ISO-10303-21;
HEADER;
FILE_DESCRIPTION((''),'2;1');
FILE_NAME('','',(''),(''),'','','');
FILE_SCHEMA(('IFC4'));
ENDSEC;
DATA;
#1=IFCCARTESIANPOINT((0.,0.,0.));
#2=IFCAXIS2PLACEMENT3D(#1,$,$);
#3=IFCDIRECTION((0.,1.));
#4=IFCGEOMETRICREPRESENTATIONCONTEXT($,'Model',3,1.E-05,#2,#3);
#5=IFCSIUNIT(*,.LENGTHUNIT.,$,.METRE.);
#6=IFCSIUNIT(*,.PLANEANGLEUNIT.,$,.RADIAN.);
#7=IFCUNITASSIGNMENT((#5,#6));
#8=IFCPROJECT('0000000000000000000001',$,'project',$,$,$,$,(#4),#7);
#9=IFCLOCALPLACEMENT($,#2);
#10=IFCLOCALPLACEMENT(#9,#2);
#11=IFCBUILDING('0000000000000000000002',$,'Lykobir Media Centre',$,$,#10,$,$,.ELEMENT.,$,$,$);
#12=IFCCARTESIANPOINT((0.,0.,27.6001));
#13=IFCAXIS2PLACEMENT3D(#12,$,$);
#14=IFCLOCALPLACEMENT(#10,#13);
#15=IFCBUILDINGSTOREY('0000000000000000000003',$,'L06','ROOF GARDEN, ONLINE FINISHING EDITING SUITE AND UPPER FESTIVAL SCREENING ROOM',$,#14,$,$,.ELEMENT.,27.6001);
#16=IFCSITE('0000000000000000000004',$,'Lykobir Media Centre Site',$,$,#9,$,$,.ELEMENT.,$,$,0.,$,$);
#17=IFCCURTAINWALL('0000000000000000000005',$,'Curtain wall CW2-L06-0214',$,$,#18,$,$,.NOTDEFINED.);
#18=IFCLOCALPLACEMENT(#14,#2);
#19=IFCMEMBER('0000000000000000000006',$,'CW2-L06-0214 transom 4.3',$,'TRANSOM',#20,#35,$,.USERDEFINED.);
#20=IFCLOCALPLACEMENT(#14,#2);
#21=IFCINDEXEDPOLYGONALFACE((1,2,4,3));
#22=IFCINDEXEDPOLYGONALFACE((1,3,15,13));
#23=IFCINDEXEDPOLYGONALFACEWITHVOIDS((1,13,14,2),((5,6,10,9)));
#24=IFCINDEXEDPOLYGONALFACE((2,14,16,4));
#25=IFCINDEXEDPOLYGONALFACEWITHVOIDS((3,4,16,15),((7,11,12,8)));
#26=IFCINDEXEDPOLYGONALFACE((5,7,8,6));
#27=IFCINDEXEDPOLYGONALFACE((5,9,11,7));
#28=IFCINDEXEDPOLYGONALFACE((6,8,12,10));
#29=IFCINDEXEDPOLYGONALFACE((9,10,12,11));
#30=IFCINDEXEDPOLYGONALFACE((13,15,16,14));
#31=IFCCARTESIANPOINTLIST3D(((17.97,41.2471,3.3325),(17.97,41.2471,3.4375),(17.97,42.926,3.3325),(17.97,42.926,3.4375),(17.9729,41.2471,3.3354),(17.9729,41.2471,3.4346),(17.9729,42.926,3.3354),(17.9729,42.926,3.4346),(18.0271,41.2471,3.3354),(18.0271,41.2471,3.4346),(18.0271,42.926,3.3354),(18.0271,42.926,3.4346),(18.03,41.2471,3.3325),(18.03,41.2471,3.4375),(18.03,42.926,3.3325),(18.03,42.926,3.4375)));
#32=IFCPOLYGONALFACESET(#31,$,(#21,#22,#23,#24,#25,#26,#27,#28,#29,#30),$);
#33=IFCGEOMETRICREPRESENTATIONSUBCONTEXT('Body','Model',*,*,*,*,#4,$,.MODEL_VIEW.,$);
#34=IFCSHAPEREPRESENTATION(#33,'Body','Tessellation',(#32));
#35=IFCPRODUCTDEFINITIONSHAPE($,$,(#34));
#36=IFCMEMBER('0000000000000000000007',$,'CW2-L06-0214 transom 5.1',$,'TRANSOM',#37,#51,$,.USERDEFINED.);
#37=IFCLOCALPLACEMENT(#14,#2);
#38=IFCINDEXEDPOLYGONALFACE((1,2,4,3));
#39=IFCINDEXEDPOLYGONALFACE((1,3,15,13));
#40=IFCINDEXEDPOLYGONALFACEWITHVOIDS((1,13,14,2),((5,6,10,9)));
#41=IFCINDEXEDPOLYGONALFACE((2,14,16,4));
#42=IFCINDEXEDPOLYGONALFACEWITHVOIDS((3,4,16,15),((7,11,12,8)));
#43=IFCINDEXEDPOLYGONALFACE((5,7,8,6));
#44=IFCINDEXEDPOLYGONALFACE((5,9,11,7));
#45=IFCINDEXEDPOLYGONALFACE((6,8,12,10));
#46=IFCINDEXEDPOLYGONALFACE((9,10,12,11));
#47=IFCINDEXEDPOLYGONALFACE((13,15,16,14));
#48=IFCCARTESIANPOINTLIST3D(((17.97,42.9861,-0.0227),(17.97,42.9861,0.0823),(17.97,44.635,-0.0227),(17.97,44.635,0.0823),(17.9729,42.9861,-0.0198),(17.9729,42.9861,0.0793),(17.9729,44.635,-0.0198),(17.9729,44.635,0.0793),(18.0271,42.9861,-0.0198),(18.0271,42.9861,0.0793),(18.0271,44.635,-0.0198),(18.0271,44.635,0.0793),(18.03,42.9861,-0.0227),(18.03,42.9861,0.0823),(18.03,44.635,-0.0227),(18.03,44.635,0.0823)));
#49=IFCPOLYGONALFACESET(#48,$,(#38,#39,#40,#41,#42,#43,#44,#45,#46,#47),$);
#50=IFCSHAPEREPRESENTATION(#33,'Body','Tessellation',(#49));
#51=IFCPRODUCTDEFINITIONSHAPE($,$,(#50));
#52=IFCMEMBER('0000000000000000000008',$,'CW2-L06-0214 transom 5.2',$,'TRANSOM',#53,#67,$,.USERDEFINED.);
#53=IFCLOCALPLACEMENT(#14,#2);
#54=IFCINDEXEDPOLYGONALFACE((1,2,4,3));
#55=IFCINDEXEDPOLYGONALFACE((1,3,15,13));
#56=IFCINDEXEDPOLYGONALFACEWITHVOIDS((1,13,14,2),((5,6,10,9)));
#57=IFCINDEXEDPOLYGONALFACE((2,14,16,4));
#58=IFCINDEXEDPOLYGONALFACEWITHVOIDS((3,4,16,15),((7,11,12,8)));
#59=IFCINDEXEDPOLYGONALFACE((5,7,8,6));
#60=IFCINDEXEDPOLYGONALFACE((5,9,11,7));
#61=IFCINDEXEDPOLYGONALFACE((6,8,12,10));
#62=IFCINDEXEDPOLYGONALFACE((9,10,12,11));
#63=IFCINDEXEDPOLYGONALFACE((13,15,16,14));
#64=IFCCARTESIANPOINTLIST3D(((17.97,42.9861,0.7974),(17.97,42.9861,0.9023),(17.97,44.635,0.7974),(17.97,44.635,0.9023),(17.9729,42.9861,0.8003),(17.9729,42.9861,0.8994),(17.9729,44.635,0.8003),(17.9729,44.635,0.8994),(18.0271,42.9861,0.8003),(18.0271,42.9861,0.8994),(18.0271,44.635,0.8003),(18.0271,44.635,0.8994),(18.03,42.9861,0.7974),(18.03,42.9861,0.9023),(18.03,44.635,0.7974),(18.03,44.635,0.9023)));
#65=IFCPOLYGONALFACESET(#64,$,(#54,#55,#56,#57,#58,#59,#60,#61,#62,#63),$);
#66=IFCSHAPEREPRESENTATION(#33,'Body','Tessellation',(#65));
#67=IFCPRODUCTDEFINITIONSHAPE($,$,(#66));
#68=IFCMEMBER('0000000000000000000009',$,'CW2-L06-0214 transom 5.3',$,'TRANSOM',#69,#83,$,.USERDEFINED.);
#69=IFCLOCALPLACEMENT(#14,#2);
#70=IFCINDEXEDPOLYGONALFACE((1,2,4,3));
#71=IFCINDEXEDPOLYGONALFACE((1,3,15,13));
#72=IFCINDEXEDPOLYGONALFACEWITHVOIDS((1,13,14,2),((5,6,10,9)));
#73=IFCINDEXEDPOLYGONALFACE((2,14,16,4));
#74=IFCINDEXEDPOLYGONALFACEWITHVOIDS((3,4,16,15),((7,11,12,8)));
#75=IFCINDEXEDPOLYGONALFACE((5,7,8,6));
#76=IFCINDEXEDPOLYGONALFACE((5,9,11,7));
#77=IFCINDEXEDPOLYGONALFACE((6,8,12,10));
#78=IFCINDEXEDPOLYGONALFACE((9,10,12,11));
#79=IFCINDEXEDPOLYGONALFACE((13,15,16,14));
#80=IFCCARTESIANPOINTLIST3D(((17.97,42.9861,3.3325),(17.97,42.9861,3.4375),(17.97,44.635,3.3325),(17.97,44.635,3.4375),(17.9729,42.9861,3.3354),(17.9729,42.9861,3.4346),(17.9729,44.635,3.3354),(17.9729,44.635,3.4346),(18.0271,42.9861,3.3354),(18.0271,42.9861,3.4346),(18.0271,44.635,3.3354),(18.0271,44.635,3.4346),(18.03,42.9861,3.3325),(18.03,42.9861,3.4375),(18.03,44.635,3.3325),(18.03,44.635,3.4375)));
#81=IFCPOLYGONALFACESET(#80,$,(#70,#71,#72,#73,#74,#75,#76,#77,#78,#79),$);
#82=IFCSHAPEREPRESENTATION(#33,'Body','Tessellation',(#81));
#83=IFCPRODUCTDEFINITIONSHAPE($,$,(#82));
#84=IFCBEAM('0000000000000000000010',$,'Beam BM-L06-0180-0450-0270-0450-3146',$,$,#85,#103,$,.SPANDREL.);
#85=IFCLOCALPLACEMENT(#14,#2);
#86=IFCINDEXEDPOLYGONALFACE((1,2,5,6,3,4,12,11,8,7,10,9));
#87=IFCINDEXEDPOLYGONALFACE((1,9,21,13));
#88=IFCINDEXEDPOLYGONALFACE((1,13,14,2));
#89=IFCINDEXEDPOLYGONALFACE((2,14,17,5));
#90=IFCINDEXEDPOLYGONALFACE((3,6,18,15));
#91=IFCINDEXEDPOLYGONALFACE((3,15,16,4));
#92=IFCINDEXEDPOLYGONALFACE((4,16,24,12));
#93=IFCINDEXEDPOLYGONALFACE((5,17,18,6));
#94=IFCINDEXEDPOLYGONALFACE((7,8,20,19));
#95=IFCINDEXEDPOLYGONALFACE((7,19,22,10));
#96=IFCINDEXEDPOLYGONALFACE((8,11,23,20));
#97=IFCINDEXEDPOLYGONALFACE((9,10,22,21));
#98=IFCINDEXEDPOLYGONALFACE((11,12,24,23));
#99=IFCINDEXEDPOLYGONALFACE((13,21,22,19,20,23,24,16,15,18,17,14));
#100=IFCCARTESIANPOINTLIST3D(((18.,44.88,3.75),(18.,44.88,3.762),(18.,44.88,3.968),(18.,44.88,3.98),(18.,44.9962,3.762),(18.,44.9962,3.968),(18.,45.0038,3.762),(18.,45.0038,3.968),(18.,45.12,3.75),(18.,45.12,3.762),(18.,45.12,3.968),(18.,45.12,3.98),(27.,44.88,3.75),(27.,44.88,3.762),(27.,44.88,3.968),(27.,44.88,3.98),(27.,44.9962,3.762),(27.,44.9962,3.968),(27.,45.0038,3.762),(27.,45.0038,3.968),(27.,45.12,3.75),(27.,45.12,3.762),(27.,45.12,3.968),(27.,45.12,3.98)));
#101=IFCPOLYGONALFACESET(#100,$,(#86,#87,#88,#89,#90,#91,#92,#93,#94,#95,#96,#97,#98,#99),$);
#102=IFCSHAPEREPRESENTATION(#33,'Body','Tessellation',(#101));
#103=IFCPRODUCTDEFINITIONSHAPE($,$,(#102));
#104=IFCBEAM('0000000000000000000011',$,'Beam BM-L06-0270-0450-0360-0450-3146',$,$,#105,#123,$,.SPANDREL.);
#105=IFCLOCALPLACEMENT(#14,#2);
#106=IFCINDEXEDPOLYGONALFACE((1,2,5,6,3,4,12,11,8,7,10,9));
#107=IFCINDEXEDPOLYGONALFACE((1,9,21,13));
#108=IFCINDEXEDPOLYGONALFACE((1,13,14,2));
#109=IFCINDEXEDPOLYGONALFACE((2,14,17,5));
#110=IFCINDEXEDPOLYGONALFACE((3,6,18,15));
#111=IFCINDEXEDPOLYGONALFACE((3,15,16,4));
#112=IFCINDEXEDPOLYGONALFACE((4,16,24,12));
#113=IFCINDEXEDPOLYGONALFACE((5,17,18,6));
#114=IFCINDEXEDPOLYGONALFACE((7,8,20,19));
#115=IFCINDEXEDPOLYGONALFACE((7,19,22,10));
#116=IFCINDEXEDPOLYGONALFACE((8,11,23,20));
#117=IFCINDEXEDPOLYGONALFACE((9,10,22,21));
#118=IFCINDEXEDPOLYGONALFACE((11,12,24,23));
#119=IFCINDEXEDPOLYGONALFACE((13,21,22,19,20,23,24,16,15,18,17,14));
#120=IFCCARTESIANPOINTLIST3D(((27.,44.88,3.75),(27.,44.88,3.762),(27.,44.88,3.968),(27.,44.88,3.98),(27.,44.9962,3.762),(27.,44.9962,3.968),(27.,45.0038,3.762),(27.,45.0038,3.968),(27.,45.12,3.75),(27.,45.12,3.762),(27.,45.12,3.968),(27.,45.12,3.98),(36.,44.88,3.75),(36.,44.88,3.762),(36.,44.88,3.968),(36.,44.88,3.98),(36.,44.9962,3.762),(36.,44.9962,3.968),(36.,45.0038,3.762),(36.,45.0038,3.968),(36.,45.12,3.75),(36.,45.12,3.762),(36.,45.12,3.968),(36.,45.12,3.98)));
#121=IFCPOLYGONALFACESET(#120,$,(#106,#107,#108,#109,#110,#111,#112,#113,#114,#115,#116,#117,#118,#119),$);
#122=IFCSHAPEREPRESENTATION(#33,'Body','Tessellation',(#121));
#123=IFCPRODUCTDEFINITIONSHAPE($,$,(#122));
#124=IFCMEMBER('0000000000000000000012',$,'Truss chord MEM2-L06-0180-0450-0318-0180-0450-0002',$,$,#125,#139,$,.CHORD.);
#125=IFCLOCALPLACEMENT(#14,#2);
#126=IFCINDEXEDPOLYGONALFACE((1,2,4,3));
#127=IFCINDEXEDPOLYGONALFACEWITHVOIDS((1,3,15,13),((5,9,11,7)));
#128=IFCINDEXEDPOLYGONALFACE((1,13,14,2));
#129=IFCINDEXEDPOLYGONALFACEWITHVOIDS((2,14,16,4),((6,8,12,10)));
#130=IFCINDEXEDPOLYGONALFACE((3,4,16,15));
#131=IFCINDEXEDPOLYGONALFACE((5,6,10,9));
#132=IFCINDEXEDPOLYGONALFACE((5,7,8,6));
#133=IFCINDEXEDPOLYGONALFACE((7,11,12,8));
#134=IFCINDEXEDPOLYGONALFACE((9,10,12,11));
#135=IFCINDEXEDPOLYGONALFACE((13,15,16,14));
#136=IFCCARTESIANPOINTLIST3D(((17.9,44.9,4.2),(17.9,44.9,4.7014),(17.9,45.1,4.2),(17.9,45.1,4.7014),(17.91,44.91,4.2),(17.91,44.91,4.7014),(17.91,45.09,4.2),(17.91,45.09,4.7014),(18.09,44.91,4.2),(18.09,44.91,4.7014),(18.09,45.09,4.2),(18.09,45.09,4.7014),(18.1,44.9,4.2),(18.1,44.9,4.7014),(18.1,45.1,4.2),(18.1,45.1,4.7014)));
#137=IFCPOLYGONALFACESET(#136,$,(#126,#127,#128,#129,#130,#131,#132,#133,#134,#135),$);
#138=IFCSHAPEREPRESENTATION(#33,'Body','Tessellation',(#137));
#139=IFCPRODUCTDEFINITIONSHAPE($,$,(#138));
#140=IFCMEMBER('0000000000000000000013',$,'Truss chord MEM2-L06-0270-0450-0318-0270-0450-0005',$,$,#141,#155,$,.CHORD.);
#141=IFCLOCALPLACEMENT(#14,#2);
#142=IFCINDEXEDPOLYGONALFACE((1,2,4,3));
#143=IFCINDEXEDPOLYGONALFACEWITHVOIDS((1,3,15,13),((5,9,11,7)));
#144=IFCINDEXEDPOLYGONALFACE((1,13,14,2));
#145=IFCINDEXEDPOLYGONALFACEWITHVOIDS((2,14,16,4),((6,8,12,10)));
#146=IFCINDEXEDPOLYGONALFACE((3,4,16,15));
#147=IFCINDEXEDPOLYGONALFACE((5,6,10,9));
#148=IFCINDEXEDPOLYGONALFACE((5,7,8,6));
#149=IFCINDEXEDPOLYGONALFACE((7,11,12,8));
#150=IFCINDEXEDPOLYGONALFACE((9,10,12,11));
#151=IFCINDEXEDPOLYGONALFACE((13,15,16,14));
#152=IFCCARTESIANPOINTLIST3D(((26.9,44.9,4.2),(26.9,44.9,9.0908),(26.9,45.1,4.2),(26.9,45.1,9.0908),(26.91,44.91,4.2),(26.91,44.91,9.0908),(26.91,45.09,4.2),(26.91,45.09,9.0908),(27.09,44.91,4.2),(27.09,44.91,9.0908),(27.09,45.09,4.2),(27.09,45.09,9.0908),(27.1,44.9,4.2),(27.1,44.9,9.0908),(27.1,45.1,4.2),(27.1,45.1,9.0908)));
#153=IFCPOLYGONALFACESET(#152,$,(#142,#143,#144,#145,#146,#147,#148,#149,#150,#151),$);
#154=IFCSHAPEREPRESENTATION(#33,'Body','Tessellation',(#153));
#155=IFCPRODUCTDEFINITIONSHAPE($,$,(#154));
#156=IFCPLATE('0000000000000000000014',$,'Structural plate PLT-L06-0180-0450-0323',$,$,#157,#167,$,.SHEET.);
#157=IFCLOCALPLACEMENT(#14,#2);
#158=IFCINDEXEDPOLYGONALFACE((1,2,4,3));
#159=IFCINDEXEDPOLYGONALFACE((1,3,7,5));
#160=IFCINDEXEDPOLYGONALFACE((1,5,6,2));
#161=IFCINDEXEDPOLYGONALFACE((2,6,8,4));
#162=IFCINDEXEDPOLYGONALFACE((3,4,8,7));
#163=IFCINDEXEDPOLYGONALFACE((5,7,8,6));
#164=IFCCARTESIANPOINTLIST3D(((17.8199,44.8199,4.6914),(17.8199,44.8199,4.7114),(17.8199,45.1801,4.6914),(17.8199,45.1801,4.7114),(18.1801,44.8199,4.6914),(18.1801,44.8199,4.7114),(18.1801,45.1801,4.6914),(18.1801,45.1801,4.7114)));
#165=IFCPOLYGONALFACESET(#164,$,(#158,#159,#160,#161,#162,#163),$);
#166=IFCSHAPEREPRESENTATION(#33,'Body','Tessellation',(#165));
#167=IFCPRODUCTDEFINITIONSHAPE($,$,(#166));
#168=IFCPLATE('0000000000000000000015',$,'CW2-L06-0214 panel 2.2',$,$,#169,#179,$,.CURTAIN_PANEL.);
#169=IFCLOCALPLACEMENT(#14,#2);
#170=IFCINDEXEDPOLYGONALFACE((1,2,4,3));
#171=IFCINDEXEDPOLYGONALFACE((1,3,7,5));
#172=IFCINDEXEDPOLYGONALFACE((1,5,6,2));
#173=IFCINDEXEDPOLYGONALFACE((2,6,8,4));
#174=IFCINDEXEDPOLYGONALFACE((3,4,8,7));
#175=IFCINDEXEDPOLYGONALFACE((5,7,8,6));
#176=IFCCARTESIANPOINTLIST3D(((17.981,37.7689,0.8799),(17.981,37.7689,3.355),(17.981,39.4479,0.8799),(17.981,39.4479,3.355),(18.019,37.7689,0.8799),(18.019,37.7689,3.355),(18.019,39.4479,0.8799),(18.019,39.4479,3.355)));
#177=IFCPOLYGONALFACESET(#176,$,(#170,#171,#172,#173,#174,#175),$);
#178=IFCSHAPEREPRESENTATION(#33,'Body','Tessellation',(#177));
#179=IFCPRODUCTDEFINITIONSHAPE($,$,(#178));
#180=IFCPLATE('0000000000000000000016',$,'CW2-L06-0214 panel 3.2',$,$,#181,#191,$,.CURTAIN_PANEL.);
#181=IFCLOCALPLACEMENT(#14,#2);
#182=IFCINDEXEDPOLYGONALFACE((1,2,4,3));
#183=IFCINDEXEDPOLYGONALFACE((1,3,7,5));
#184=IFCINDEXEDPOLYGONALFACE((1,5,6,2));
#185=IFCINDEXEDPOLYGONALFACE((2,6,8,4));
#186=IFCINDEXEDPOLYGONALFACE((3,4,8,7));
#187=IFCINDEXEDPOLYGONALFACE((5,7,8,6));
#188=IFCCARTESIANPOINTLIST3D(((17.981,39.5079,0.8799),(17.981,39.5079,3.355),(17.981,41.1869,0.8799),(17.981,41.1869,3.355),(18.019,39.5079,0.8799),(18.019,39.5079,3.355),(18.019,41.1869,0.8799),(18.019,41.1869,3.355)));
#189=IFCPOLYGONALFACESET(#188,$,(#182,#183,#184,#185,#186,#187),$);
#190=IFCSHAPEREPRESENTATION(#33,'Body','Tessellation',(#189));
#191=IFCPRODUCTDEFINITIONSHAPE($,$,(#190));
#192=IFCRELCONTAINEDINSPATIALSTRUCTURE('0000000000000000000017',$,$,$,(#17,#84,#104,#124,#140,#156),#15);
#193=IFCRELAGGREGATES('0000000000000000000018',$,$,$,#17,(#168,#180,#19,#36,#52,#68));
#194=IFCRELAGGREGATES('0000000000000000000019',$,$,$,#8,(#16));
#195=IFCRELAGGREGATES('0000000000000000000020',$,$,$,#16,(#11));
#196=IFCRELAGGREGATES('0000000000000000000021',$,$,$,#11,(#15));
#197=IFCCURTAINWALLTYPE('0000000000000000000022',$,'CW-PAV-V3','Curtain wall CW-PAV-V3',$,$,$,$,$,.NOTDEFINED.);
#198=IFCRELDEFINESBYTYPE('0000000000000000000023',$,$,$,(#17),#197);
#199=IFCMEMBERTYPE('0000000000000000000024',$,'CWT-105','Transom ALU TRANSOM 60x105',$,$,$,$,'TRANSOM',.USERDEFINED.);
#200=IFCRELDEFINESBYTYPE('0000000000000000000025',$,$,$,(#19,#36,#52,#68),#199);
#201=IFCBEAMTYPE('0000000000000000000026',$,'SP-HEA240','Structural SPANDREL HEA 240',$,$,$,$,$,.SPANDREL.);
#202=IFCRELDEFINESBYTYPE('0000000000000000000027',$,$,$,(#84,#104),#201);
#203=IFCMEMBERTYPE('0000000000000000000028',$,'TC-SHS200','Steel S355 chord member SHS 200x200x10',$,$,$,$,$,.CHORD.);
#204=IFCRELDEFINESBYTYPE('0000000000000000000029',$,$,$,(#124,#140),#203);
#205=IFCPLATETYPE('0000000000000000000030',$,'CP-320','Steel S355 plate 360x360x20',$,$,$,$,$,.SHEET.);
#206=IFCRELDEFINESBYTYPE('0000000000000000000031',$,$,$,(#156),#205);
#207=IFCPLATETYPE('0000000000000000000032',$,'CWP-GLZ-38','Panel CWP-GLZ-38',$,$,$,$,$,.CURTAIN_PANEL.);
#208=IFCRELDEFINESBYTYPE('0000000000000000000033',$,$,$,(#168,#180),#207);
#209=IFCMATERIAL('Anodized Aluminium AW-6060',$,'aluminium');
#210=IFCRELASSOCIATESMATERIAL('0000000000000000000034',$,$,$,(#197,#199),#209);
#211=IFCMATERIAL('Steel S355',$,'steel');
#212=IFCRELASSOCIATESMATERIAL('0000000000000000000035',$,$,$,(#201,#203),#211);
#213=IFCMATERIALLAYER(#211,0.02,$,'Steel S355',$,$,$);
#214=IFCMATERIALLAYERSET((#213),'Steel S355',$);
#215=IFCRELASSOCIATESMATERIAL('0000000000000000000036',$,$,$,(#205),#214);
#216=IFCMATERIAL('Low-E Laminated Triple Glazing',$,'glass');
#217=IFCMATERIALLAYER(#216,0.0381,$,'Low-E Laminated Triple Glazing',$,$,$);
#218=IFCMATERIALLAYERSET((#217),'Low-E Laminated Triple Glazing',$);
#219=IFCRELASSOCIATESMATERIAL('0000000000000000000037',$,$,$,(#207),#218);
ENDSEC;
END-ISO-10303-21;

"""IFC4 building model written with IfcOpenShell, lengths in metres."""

from ifc_helpers import new_model, si_unit, direction, frame, origin, origin_2d, place, context, subcontext, project, spatial, rectangle, hollow_rectangle, i_section, extrude, material, layer, layer_set, material_profile, profile_set, type_object, element, aggregate, save


model = new_model("IFC4")

# Units and contexts
model_context = context("Model", 3, precision=1e-05, world=origin(), true_north=direction((0.0, 1.0)))
body_context = subcontext(model_context, "Body", "Model", "MODEL_VIEW")
ifc_project = project(units=[si_unit("LENGTHUNIT", "METRE"), si_unit("PLANEANGLEUNIT", "RADIAN")], contexts=[model_context])

# Site, building, storey
site_placement = place(None, origin())
site = spatial("IfcSite", under=ifc_project, at=site_placement, Name="Lykobir Media Centre Site", CompositionType="ELEMENT", RefElevation=0.0)
building_placement = place(site_placement, origin())
building = spatial("IfcBuilding", under=site, at=building_placement, Name="Lykobir Media Centre", CompositionType="ELEMENT")
storey_placement = place(building_placement, frame((0.0, 0.0, 27.6001)))
storey = spatial("IfcBuildingStorey", under=building, at=storey_placement, Name="L06", Description="ROOF GARDEN, ONLINE FINISHING EDITING SUITE AND UPPER FESTIVAL SCREENING ROOM", CompositionType="ELEMENT", Elevation=27.6001)

# Curtain wall, members
ifc_material_1 = material(Name="Anodized Aluminium AW-6060", Category="aluminium")
curtain_wall_type = type_object("IfcCurtainWallType", Name="CW-PAV-V3", Description="Curtain wall CW-PAV-V3", PredefinedType="NOTDEFINED", material=ifc_material_1)
curtain_wall_placement = place(storey_placement, origin())
curtain_wall = element("IfcCurtainWall", 1, at=curtain_wall_placement, inside=storey, type_object=curtain_wall_type, Name="Curtain wall CW2-L06-0214", PredefinedType="NOTDEFINED")
ifc_material_profile_1 = material_profile(ifc_material_1, hollow_rectangle(XDim=0.0601, YDim=0.105, WallThickness=0.0029, at=origin_2d()), Name="ALU TRANSOM 60x105")
ifc_profile_set_1 = profile_set([ifc_material_profile_1], Name="Anodized Aluminium AW-6060")
member_type_1 = type_object("IfcMemberType", Name="CWT-105", Description="Transom ALU TRANSOM 60x105", ElementType="TRANSOM", PredefinedType="USERDEFINED", material=ifc_profile_set_1)
member_1_placement = place(storey_placement, frame((18.0, 41.2471, 3.385), z_axis=(0.0, 1.0, 0.0), x_axis=(-1.0, 0.0, 0.0)))
member_1 = element("IfcMember", 2, at=member_1_placement, type_object=member_type_1, Name="CW2-L06-0214 transom 4.3", ObjectType="TRANSOM", PredefinedType="USERDEFINED", context=body_context, shape_type="SweptSolid", body=[
    extrude(hollow_rectangle(XDim=0.0601, YDim=0.105, WallThickness=0.0029, at=origin_2d()), origin(), (0.0, 0.0, 1.0), 1.679),
])
member_2_placement = place(storey_placement, frame((18.0, 42.9861, 0.0298), z_axis=(0.0, 1.0, 0.0), x_axis=(-1.0, 0.0, 0.0)))
member_2 = element("IfcMember", 3, at=member_2_placement, type_object=member_type_1, Name="CW2-L06-0214 transom 5.1", ObjectType="TRANSOM", PredefinedType="USERDEFINED", context=body_context, shape_type="SweptSolid", body=[
    extrude(hollow_rectangle(XDim=0.0601, YDim=0.105, WallThickness=0.0029, at=origin_2d()), origin(), (0.0, 0.0, 1.0), 1.6489),
])
member_3_placement = place(storey_placement, frame((18.0, 42.9861, 0.8499), z_axis=(0.0, 1.0, 0.0), x_axis=(-1.0, 0.0, 0.0)))
member_3 = element("IfcMember", 4, at=member_3_placement, type_object=member_type_1, Name="CW2-L06-0214 transom 5.2", ObjectType="TRANSOM", PredefinedType="USERDEFINED", context=body_context, shape_type="SweptSolid", body=[
    extrude(hollow_rectangle(XDim=0.0601, YDim=0.105, WallThickness=0.0029, at=origin_2d()), origin(), (0.0, 0.0, 1.0), 1.6489),
])
member_4_placement = place(storey_placement, frame((18.0, 42.9861, 3.385), z_axis=(0.0, 1.0, 0.0), x_axis=(-1.0, 0.0, 0.0)))
member_4 = element("IfcMember", 5, at=member_4_placement, type_object=member_type_1, Name="CW2-L06-0214 transom 5.3", ObjectType="TRANSOM", PredefinedType="USERDEFINED", context=body_context, shape_type="SweptSolid", body=[
    extrude(hollow_rectangle(XDim=0.0601, YDim=0.105, WallThickness=0.0029, at=origin_2d()), origin(), (0.0, 0.0, 1.0), 1.6489),
])

# Beams
ifc_material_2 = material(Name="Steel S355", Category="steel")
ifc_material_profile_2 = material_profile(ifc_material_2, i_section(OverallWidth=0.24, OverallDepth=0.23, WebThickness=0.0076, FlangeThickness=0.012, at=origin_2d()), Name="HEA 240")
ifc_profile_set_2 = profile_set([ifc_material_profile_2], Name="Steel S355")
beam_type = type_object("IfcBeamType", Name="SP-HEA240", Description="Structural SPANDREL HEA 240", PredefinedType="SPANDREL", material=ifc_profile_set_2)
for number, where, z_axis, x_axis, name in (
    (6, (18.0, 45.0, 3.865), (1.0, 0.0, 0.0), (0.0, 1.0, 0.0), "Beam BM-L06-0180-0450-0270-0450-3146"),
    (7, (27.0, 45.0, 3.865), (1.0, 0.0, 0.0), (0.0, 1.0, 0.0), "Beam BM-L06-0270-0450-0360-0450-3146"),
):
    element("IfcBeam", number, at=place(storey_placement, frame(where, z_axis=z_axis, x_axis=x_axis)), inside=storey, type_object=beam_type, Name=name, PredefinedType="SPANDREL", context=body_context, shape_type="SweptSolid", body=[
        extrude(i_section(OverallWidth=0.24, OverallDepth=0.23, WebThickness=0.0076, FlangeThickness=0.012, at=origin_2d()), origin(), (0.0, 0.0, 1.0), 9.0),
    ])

# Members
ifc_material_profile_3 = material_profile(ifc_material_2, hollow_rectangle(XDim=0.2, YDim=0.2, WallThickness=0.01, at=origin_2d()), Name="SHS 200x200x10")
ifc_profile_set_3 = profile_set([ifc_material_profile_3], Name="Steel S355")
member_type_2 = type_object("IfcMemberType", Name="TC-SHS200", Description="Steel S355 chord member SHS 200x200x10", PredefinedType="CHORD", material=ifc_profile_set_3)
member_5_placement = place(storey_placement, frame((18.0, 45.0, 4.2), z_axis=(0.0, 0.0, 1.0), x_axis=(1.0, 0.0, 0.0)))
element("IfcMember", 8, at=member_5_placement, inside=storey, type_object=member_type_2, Name="Truss chord MEM2-L06-0180-0450-0318-0180-0450-0002", PredefinedType="CHORD", context=body_context, shape_type="SweptSolid", body=[
    extrude(hollow_rectangle(XDim=0.2, YDim=0.2, WallThickness=0.01, at=origin_2d()), origin(), (0.0, 0.0, 1.0), 0.5015),
])
member_6_placement = place(storey_placement, frame((27.0, 45.0, 4.2), z_axis=(0.0, 0.0, 1.0), x_axis=(1.0, 0.0, 0.0)))
element("IfcMember", 9, at=member_6_placement, inside=storey, type_object=member_type_2, Name="Truss chord MEM2-L06-0270-0450-0318-0270-0450-0005", PredefinedType="CHORD", context=body_context, shape_type="SweptSolid", body=[
    extrude(hollow_rectangle(XDim=0.2, YDim=0.2, WallThickness=0.01, at=origin_2d()), origin(), (0.0, 0.0, 1.0), 4.8909),
])

# Plates
ifc_layer_1 = layer(ifc_material_2, 0.02, Name="Steel S355")
ifc_layer_set_1 = layer_set([ifc_layer_1], Name="Steel S355")
plate_type_1 = type_object("IfcPlateType", Name="CP-320", Description="Steel S355 plate 360x360x20", PredefinedType="SHEET", material=ifc_layer_set_1)
plate_1_placement = place(storey_placement, frame((18.0, 45.0, 4.6914), z_axis=(0.0, 0.0, 1.0), x_axis=(1.0, 0.0, 0.0)))
element("IfcPlate", 10, at=plate_1_placement, inside=storey, type_object=plate_type_1, Name="Structural plate PLT-L06-0180-0450-0323", PredefinedType="SHEET", context=body_context, shape_type="SweptSolid", body=[
    extrude(rectangle(XDim=0.3601, YDim=0.3601, at=origin_2d()), origin(), (0.0, 0.0, 1.0), 0.02),
])
ifc_material_3 = material(Name="Low-E Laminated Triple Glazing", Category="glass")
ifc_layer_2 = layer(ifc_material_3, 0.0381, Name="Low-E Laminated Triple Glazing")
ifc_layer_set_2 = layer_set([ifc_layer_2], Name="Low-E Laminated Triple Glazing")
plate_type_2 = type_object("IfcPlateType", Name="CWP-GLZ-38", Description="Panel CWP-GLZ-38", PredefinedType="CURTAIN_PANEL", material=ifc_layer_set_2)
plate_2_placement = place(storey_placement, frame((18.0, 38.6084, 0.8799), z_axis=(0.0, 0.0, 1.0), x_axis=(0.0, 1.0, 0.0)))
plate_2 = element("IfcPlate", 11, at=plate_2_placement, type_object=plate_type_2, Name="CW2-L06-0214 panel 2.2", PredefinedType="CURTAIN_PANEL", context=body_context, shape_type="SweptSolid", body=[
    extrude(rectangle(XDim=1.679, YDim=0.0381, at=origin_2d()), origin(), (0.0, 0.0, 1.0), 2.4751),
])
plate_3_placement = place(storey_placement, frame((18.0, 40.3474, 0.8799), z_axis=(0.0, 0.0, 1.0), x_axis=(0.0, 1.0, 0.0)))
plate_3 = element("IfcPlate", 12, at=plate_3_placement, type_object=plate_type_2, Name="CW2-L06-0214 panel 3.2", PredefinedType="CURTAIN_PANEL", context=body_context, shape_type="SweptSolid", body=[
    extrude(rectangle(XDim=1.679, YDim=0.0381, at=origin_2d()), origin(), (0.0, 0.0, 1.0), 2.4751),
])
aggregate(curtain_wall, [plate_2, plate_3, member_1, member_2, member_3, member_4])

save(model, "model.ifc")
